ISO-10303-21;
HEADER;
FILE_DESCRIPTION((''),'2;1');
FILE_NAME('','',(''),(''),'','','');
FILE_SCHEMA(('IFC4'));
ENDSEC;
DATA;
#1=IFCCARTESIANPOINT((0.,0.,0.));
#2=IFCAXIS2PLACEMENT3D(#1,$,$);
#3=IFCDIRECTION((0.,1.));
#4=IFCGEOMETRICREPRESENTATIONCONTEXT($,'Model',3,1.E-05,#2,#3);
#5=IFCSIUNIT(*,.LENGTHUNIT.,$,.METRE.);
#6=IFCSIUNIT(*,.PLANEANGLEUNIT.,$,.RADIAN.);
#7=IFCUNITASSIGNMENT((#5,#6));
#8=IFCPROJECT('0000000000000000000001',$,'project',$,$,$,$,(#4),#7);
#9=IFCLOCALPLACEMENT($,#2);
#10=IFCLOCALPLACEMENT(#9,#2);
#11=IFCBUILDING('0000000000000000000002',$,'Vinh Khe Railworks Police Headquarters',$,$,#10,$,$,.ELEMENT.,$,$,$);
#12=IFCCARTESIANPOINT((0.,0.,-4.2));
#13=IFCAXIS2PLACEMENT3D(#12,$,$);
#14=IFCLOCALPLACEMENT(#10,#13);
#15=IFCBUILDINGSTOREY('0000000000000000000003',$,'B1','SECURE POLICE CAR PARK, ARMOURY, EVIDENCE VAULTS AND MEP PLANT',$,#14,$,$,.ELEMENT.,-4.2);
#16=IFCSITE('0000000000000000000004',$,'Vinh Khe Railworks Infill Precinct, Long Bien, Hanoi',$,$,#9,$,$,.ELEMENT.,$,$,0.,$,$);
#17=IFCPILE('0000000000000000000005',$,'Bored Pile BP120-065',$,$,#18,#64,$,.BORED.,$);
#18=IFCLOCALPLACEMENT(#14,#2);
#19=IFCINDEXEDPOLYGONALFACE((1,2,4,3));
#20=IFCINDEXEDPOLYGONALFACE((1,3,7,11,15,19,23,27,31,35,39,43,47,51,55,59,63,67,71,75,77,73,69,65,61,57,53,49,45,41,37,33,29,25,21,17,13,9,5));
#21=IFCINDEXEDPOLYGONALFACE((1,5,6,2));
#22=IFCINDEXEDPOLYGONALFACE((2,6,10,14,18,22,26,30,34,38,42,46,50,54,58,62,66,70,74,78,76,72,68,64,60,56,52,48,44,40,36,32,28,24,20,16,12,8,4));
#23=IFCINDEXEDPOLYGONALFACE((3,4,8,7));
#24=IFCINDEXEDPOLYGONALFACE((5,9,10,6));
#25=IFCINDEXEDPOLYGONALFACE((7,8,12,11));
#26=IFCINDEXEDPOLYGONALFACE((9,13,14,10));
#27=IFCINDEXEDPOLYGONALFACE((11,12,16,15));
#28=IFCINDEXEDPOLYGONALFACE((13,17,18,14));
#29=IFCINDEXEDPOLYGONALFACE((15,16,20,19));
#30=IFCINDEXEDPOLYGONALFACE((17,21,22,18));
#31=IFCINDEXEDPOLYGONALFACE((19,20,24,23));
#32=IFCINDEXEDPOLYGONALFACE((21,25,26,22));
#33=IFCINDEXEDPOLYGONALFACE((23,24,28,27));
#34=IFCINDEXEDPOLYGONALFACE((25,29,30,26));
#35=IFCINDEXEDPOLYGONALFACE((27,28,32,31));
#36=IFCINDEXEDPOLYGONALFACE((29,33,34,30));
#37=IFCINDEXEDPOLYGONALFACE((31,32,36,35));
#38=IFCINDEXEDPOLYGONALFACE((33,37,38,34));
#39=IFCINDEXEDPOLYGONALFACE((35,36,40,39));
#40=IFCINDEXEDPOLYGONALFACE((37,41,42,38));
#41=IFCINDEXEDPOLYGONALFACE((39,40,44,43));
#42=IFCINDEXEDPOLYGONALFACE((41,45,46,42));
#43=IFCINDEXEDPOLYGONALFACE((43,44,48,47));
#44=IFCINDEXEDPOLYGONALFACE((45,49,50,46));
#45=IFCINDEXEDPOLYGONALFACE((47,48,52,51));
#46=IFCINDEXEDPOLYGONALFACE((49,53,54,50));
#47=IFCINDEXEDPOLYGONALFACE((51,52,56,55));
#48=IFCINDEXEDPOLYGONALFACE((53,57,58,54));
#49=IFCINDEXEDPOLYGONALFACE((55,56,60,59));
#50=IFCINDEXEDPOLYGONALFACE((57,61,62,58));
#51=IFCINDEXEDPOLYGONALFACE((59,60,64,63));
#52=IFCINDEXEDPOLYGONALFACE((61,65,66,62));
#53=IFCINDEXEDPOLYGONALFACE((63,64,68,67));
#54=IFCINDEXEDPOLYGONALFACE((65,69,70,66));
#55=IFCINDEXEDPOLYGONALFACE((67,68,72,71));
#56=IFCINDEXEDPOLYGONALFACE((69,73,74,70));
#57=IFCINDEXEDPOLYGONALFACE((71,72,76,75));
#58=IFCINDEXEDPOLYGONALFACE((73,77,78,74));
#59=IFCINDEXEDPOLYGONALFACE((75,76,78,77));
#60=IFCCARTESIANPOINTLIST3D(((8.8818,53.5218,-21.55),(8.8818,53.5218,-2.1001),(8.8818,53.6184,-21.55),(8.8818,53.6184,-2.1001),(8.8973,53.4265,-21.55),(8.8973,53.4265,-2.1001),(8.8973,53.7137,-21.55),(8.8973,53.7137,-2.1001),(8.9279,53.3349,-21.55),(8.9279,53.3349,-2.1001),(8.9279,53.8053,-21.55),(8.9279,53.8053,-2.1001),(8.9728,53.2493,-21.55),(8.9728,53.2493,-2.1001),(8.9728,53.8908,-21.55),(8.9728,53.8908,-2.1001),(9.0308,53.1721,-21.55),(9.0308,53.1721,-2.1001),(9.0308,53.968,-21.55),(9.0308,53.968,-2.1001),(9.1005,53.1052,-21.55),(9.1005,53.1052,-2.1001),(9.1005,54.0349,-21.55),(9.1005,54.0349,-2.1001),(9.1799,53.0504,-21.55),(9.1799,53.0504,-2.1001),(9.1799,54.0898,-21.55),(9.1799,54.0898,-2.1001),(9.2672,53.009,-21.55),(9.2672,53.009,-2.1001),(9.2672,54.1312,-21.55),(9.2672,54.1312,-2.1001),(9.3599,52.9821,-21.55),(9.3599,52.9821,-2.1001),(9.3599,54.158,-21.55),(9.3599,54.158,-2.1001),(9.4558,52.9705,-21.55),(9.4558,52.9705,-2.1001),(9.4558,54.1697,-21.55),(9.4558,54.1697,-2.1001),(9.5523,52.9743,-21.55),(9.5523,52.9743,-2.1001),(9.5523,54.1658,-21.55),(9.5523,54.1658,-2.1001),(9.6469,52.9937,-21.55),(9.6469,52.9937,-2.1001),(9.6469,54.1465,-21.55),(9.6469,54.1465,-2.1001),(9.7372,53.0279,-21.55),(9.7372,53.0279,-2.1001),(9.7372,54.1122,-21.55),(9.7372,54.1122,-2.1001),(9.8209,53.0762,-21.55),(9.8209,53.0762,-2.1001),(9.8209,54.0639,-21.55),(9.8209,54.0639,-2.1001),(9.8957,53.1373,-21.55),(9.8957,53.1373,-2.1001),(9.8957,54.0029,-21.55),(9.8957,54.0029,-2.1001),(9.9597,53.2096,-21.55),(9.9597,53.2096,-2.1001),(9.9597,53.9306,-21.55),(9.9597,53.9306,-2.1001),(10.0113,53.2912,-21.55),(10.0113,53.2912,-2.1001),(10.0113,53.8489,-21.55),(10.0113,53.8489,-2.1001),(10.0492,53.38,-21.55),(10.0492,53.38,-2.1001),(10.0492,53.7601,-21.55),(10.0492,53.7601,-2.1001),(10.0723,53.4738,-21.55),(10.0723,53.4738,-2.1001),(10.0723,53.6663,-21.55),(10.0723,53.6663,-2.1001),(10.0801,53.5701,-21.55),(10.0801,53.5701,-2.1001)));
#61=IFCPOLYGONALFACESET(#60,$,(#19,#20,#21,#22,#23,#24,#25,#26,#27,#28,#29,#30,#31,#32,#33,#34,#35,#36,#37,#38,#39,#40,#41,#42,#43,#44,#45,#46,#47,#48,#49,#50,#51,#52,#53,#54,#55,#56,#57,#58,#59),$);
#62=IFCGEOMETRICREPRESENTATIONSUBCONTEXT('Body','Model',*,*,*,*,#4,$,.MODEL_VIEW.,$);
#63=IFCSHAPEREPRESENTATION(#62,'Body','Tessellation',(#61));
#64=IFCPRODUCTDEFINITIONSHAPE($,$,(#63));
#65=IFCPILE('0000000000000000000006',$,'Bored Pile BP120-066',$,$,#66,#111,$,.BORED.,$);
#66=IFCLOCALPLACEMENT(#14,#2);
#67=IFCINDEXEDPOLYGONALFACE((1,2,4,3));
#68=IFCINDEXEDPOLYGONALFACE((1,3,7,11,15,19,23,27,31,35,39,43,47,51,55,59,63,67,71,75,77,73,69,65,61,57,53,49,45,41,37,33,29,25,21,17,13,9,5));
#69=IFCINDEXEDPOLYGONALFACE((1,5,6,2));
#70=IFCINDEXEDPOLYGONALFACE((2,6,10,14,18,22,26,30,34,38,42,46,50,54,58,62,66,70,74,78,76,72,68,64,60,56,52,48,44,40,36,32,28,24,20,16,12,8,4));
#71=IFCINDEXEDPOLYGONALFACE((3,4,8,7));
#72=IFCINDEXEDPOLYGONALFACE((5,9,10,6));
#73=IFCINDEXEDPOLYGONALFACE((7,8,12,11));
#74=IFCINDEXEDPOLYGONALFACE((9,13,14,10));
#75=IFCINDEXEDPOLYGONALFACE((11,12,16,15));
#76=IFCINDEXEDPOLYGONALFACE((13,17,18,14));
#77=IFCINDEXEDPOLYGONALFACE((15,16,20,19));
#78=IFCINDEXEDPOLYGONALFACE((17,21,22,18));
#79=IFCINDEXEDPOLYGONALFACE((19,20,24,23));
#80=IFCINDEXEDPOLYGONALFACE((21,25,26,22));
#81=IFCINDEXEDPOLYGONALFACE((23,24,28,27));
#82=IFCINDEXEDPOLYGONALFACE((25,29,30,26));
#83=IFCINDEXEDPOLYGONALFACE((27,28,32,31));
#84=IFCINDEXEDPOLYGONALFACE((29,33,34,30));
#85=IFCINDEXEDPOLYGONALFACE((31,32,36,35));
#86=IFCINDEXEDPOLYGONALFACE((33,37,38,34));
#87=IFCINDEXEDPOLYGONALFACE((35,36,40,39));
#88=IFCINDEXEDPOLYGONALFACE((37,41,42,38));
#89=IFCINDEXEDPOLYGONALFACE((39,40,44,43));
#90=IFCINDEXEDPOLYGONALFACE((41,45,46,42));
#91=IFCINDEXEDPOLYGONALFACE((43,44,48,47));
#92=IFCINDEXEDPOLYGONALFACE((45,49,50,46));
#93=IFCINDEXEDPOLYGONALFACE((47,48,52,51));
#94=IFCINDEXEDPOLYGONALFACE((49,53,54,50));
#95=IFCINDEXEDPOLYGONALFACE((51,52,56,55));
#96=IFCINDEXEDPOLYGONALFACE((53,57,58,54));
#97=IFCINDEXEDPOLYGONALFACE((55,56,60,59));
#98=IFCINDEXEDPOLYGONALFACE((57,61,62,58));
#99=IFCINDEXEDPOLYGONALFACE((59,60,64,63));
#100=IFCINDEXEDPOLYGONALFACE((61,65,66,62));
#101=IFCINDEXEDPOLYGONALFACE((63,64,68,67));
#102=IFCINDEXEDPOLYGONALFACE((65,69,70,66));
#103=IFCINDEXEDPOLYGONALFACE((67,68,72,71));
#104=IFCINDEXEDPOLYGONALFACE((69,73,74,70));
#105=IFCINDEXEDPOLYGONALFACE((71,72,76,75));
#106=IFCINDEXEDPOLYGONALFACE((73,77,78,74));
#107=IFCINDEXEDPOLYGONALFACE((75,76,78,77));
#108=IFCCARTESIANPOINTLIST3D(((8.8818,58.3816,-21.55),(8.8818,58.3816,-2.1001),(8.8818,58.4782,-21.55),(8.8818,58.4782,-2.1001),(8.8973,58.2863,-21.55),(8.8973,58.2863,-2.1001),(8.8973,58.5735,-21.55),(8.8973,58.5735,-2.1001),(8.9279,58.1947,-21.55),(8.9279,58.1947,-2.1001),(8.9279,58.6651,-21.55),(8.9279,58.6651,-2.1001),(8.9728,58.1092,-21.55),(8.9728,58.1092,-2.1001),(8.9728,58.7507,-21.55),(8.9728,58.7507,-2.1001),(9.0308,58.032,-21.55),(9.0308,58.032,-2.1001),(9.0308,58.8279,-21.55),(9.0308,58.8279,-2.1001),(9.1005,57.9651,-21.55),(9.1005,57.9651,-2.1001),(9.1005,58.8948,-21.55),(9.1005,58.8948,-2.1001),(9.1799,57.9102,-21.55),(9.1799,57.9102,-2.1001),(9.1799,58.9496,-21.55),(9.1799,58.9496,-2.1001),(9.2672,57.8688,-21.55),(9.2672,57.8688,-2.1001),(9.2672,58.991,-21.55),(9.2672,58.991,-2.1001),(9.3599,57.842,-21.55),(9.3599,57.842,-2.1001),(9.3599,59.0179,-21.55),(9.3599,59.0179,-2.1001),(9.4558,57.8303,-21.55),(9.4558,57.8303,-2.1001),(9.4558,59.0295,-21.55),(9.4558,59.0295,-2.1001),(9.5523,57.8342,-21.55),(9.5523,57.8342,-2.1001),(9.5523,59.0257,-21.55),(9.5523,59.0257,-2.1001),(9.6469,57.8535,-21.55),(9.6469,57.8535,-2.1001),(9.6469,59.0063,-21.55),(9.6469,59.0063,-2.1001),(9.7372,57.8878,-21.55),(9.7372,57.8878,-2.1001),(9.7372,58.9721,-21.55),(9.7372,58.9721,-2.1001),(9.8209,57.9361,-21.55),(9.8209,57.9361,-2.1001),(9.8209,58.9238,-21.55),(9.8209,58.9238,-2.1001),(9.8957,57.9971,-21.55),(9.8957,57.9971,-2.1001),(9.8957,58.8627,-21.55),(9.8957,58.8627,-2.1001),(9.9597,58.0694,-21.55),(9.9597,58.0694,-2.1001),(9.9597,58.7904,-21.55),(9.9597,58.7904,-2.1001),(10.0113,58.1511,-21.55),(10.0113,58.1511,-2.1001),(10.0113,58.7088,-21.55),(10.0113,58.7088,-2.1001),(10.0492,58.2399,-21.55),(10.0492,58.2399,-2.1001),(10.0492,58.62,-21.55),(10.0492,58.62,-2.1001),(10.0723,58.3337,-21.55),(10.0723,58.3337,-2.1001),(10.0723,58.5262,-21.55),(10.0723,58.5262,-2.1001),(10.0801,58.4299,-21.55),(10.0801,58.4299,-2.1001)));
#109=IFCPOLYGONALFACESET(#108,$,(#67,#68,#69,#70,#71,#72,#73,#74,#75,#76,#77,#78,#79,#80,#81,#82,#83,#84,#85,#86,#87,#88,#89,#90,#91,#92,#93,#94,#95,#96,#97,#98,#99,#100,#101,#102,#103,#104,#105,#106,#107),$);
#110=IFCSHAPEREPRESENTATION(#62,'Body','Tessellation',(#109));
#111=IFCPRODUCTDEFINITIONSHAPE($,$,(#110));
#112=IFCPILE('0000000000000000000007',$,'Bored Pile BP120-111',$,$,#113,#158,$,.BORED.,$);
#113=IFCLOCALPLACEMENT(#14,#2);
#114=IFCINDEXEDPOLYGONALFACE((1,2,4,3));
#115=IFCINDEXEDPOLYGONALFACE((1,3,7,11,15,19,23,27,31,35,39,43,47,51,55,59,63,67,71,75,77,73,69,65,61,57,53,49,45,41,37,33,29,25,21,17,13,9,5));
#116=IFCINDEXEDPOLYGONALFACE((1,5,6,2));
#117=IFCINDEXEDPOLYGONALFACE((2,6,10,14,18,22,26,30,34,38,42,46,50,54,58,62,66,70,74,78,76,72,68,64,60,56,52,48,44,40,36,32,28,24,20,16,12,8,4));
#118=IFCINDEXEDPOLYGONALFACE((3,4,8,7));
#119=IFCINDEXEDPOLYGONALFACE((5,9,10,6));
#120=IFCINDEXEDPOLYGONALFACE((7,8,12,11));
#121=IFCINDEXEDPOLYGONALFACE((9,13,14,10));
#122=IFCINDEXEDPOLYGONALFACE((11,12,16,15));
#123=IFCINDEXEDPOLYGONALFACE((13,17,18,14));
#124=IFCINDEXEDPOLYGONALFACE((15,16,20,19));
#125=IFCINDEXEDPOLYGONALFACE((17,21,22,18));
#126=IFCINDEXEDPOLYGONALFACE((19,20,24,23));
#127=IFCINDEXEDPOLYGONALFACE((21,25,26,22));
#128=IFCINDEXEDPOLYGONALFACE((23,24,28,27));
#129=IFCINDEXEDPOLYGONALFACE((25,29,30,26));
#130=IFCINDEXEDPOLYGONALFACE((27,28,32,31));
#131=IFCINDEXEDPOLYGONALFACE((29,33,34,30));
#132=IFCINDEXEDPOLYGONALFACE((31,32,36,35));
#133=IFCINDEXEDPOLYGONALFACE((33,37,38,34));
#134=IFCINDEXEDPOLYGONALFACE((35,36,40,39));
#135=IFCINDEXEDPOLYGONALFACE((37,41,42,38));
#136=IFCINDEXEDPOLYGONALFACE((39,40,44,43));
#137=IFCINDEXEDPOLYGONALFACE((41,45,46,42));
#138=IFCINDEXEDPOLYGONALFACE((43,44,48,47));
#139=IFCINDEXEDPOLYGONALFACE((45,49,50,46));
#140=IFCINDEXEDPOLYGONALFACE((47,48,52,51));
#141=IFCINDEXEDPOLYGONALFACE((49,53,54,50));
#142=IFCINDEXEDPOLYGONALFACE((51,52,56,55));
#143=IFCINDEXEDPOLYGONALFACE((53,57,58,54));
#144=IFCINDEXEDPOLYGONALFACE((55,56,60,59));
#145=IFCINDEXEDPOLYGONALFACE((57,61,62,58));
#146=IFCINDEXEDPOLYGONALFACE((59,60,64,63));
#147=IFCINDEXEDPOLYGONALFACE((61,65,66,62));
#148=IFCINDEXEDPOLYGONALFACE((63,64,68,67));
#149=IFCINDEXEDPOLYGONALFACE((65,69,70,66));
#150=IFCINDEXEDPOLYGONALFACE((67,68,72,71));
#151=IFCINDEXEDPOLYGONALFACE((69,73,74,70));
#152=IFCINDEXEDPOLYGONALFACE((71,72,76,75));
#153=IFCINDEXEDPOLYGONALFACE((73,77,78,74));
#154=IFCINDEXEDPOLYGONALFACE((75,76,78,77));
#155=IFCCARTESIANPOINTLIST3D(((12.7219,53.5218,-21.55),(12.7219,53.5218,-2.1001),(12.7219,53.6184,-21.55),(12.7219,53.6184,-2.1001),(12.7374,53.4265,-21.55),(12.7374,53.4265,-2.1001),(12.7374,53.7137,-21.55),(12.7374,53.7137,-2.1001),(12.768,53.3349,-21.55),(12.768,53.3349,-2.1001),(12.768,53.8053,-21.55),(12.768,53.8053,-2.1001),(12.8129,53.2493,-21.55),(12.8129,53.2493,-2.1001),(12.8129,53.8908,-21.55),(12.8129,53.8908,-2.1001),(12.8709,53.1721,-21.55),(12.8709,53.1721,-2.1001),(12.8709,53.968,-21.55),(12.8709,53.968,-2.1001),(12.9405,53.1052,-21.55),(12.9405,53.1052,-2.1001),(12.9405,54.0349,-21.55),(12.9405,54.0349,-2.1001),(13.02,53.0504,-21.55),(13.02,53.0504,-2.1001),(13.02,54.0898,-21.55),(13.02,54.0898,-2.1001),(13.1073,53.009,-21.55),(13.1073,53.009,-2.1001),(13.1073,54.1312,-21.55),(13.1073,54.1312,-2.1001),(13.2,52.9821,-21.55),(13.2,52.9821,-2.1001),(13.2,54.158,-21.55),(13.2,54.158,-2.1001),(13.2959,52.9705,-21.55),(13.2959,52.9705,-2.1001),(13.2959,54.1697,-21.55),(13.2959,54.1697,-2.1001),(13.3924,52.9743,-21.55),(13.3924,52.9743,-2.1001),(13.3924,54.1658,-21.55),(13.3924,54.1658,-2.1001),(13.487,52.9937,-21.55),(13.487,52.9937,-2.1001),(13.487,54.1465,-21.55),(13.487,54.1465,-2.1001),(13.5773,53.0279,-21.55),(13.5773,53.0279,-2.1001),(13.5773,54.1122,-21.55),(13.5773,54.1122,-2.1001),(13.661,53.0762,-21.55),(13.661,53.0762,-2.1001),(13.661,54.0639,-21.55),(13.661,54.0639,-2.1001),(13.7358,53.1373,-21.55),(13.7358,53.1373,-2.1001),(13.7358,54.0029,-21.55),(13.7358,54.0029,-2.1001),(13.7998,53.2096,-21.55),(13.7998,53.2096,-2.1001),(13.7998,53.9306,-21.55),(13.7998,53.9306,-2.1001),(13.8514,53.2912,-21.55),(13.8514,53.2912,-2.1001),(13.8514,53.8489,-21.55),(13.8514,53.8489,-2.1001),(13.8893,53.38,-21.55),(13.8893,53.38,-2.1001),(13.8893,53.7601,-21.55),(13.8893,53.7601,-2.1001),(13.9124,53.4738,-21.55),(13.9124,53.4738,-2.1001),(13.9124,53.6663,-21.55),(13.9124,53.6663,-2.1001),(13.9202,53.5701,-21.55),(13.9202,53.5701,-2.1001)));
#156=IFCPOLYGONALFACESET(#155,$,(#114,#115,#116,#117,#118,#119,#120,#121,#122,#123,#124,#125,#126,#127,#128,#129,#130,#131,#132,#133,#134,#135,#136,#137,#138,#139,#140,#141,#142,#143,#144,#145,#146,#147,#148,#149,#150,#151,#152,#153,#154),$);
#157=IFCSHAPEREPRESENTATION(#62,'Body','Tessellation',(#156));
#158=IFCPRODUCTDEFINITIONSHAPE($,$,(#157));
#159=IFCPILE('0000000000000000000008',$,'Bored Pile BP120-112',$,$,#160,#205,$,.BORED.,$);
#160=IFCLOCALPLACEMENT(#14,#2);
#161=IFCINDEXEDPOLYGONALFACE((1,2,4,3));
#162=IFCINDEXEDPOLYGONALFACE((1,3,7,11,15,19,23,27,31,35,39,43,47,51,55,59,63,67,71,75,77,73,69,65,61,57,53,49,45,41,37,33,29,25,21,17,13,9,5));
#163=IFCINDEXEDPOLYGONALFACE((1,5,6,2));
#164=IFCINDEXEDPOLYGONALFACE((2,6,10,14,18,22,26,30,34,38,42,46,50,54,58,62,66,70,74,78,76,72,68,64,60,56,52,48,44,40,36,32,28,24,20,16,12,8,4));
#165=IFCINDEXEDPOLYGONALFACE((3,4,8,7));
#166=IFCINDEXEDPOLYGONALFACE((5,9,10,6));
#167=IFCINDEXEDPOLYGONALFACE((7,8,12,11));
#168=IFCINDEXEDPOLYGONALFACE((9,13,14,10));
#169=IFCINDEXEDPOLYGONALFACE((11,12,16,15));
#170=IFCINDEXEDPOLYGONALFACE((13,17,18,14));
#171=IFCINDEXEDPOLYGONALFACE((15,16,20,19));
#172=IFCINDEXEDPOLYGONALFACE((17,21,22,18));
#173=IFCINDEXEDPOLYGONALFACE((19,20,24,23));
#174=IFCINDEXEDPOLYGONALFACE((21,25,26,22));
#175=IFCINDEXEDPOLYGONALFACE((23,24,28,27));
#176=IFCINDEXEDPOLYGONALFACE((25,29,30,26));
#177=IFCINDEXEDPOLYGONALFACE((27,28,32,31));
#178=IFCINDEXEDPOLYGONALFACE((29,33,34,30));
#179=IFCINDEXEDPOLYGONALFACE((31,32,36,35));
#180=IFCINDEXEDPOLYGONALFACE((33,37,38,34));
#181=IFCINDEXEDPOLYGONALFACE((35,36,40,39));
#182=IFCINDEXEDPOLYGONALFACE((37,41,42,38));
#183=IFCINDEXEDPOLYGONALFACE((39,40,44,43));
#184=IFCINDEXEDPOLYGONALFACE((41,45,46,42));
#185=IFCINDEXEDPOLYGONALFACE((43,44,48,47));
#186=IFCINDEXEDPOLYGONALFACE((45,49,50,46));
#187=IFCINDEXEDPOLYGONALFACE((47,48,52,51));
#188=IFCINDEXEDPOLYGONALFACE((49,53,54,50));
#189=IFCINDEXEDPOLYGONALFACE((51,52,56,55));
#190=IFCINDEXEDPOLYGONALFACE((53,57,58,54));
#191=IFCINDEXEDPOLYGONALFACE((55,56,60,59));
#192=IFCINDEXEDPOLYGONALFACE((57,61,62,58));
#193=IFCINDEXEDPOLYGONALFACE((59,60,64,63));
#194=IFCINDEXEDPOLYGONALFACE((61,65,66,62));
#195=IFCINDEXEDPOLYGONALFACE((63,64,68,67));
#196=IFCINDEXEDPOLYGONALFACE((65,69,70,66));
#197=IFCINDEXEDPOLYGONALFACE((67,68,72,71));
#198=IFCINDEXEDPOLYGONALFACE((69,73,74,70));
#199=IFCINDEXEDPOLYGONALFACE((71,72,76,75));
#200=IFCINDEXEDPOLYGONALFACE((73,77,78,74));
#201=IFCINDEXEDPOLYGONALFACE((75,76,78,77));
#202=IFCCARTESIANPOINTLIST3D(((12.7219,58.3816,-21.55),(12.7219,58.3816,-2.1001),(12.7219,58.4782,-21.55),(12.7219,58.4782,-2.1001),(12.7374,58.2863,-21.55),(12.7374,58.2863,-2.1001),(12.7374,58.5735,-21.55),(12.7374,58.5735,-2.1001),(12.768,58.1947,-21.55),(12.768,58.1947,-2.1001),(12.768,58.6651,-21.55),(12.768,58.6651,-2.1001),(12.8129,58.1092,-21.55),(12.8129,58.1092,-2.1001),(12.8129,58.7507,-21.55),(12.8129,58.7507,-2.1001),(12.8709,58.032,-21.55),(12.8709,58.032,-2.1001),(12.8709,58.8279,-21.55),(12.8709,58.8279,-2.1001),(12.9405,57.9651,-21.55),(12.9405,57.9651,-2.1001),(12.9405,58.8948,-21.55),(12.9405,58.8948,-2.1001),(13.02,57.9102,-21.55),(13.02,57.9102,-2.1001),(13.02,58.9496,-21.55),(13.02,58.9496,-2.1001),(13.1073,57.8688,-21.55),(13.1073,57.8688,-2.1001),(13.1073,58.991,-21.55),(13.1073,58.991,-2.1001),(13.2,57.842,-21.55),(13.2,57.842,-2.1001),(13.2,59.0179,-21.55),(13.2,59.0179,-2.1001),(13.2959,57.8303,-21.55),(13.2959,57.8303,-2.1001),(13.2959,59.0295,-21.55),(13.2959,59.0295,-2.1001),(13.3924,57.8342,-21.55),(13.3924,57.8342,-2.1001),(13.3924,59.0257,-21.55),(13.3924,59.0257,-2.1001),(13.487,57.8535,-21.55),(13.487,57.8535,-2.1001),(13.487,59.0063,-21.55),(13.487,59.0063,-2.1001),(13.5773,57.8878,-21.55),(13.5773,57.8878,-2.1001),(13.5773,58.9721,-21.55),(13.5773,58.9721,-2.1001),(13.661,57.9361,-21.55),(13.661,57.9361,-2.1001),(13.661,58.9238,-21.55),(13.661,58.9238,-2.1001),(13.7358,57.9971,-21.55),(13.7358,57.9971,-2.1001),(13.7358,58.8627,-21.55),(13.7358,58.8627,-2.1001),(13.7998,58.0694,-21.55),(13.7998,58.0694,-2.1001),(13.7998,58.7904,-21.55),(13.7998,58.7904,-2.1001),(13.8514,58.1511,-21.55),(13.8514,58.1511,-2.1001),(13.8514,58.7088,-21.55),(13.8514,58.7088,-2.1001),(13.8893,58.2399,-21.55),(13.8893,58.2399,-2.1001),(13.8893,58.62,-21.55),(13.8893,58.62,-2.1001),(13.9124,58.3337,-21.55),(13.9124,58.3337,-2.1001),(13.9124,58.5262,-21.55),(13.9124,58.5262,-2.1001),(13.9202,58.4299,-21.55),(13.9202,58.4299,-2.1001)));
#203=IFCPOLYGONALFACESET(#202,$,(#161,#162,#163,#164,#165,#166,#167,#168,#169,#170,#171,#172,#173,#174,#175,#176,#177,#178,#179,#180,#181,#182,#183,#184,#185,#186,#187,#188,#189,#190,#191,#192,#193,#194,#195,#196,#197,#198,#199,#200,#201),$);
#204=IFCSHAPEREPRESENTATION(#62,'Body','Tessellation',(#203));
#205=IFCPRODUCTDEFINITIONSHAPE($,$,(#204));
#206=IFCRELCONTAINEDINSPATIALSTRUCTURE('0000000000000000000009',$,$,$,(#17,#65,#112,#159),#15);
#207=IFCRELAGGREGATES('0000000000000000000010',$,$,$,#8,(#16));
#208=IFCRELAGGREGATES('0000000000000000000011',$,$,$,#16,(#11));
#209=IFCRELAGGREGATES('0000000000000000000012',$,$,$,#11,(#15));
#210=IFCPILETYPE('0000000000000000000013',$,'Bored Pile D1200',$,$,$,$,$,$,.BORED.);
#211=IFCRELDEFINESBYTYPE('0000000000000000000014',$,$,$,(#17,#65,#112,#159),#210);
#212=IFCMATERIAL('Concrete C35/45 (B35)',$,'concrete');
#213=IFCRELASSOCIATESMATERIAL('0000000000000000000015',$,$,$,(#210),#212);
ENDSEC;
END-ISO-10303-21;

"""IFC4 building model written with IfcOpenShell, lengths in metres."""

from ifc_helpers import new_model, si_unit, direction, frame, origin, origin_2d, place, context, subcontext, project, spatial, circle, extrude, material, material_profile, profile_set, type_object, element, save


model = new_model("IFC4")

# Units and contexts
model_context = context("Model", 3, precision=1e-05, world=origin(), true_north=direction((0.0, 1.0)))
body_context = subcontext(model_context, "Body", "Model", "MODEL_VIEW")
ifc_project = project(units=[si_unit("LENGTHUNIT", "METRE"), si_unit("PLANEANGLEUNIT", "RADIAN")], contexts=[model_context])

# Site, building, storey
site_placement = place(None, origin())
site = spatial("IfcSite", under=ifc_project, at=site_placement, Name="Vinh Khe Railworks Infill Precinct, Long Bien, Hanoi", CompositionType="ELEMENT", RefElevation=0.0)
building_placement = place(site_placement, origin())
building = spatial("IfcBuilding", under=site, at=building_placement, Name="Vinh Khe Railworks Police Headquarters", CompositionType="ELEMENT")
storey_placement = place(building_placement, frame((0.0, 0.0, -4.2)))
storey = spatial("IfcBuildingStorey", under=building, at=storey_placement, Name="B1", Description="SECURE POLICE CAR PARK, ARMOURY, EVIDENCE VAULTS AND MEP PLANT", CompositionType="ELEMENT", Elevation=-4.2)

# Piles
ifc_material_1 = material(Name="Concrete C35/45 (B35)", Category="concrete")
ifc_material_profile_1 = material_profile(ifc_material_1, circle(Radius=0.6001, at=origin_2d()), Name="BORED PILE D1200")
ifc_profile_set_1 = profile_set([ifc_material_profile_1], Name="Concrete C35/45 (B35)")
pile_type_1 = type_object("IfcPileType", Name="Bored Pile D1200", PredefinedType="BORED", material=ifc_profile_set_1)
for number, where, z_axis, x_axis, name in (
    (1, (9.48, 53.5701, -2.1001), (0.0, 0.0, -1.0), (1.0, 0.0, 0.0), "Bored Pile BP120-065"),
    (2, (9.48, 58.4299, -2.1001), (0.0, 0.0, -1.0), (1.0, 0.0, 0.0), "Bored Pile BP120-066"),
    (3, (13.3201, 53.5701, -2.1001), (0.0, 0.0, -1.0), (1.0, 0.0, 0.0), "Bored Pile BP120-111"),
    (4, (13.3201, 58.4299, -2.1001), (0.0, 0.0, -1.0), (1.0, 0.0, 0.0), "Bored Pile BP120-112"),
):
    element("IfcPile", number, at=place(storey_placement, frame(where, z_axis=z_axis, x_axis=x_axis)), inside=storey, type_object=pile_type_1, Name=name, PredefinedType="BORED", context=body_context, shape_type="SweptSolid", body=[
        extrude(circle(Radius=0.6001, at=origin_2d()), origin(), (0.0, 0.0, 1.0), 19.45),
    ])

save(model, "model.ifc")
